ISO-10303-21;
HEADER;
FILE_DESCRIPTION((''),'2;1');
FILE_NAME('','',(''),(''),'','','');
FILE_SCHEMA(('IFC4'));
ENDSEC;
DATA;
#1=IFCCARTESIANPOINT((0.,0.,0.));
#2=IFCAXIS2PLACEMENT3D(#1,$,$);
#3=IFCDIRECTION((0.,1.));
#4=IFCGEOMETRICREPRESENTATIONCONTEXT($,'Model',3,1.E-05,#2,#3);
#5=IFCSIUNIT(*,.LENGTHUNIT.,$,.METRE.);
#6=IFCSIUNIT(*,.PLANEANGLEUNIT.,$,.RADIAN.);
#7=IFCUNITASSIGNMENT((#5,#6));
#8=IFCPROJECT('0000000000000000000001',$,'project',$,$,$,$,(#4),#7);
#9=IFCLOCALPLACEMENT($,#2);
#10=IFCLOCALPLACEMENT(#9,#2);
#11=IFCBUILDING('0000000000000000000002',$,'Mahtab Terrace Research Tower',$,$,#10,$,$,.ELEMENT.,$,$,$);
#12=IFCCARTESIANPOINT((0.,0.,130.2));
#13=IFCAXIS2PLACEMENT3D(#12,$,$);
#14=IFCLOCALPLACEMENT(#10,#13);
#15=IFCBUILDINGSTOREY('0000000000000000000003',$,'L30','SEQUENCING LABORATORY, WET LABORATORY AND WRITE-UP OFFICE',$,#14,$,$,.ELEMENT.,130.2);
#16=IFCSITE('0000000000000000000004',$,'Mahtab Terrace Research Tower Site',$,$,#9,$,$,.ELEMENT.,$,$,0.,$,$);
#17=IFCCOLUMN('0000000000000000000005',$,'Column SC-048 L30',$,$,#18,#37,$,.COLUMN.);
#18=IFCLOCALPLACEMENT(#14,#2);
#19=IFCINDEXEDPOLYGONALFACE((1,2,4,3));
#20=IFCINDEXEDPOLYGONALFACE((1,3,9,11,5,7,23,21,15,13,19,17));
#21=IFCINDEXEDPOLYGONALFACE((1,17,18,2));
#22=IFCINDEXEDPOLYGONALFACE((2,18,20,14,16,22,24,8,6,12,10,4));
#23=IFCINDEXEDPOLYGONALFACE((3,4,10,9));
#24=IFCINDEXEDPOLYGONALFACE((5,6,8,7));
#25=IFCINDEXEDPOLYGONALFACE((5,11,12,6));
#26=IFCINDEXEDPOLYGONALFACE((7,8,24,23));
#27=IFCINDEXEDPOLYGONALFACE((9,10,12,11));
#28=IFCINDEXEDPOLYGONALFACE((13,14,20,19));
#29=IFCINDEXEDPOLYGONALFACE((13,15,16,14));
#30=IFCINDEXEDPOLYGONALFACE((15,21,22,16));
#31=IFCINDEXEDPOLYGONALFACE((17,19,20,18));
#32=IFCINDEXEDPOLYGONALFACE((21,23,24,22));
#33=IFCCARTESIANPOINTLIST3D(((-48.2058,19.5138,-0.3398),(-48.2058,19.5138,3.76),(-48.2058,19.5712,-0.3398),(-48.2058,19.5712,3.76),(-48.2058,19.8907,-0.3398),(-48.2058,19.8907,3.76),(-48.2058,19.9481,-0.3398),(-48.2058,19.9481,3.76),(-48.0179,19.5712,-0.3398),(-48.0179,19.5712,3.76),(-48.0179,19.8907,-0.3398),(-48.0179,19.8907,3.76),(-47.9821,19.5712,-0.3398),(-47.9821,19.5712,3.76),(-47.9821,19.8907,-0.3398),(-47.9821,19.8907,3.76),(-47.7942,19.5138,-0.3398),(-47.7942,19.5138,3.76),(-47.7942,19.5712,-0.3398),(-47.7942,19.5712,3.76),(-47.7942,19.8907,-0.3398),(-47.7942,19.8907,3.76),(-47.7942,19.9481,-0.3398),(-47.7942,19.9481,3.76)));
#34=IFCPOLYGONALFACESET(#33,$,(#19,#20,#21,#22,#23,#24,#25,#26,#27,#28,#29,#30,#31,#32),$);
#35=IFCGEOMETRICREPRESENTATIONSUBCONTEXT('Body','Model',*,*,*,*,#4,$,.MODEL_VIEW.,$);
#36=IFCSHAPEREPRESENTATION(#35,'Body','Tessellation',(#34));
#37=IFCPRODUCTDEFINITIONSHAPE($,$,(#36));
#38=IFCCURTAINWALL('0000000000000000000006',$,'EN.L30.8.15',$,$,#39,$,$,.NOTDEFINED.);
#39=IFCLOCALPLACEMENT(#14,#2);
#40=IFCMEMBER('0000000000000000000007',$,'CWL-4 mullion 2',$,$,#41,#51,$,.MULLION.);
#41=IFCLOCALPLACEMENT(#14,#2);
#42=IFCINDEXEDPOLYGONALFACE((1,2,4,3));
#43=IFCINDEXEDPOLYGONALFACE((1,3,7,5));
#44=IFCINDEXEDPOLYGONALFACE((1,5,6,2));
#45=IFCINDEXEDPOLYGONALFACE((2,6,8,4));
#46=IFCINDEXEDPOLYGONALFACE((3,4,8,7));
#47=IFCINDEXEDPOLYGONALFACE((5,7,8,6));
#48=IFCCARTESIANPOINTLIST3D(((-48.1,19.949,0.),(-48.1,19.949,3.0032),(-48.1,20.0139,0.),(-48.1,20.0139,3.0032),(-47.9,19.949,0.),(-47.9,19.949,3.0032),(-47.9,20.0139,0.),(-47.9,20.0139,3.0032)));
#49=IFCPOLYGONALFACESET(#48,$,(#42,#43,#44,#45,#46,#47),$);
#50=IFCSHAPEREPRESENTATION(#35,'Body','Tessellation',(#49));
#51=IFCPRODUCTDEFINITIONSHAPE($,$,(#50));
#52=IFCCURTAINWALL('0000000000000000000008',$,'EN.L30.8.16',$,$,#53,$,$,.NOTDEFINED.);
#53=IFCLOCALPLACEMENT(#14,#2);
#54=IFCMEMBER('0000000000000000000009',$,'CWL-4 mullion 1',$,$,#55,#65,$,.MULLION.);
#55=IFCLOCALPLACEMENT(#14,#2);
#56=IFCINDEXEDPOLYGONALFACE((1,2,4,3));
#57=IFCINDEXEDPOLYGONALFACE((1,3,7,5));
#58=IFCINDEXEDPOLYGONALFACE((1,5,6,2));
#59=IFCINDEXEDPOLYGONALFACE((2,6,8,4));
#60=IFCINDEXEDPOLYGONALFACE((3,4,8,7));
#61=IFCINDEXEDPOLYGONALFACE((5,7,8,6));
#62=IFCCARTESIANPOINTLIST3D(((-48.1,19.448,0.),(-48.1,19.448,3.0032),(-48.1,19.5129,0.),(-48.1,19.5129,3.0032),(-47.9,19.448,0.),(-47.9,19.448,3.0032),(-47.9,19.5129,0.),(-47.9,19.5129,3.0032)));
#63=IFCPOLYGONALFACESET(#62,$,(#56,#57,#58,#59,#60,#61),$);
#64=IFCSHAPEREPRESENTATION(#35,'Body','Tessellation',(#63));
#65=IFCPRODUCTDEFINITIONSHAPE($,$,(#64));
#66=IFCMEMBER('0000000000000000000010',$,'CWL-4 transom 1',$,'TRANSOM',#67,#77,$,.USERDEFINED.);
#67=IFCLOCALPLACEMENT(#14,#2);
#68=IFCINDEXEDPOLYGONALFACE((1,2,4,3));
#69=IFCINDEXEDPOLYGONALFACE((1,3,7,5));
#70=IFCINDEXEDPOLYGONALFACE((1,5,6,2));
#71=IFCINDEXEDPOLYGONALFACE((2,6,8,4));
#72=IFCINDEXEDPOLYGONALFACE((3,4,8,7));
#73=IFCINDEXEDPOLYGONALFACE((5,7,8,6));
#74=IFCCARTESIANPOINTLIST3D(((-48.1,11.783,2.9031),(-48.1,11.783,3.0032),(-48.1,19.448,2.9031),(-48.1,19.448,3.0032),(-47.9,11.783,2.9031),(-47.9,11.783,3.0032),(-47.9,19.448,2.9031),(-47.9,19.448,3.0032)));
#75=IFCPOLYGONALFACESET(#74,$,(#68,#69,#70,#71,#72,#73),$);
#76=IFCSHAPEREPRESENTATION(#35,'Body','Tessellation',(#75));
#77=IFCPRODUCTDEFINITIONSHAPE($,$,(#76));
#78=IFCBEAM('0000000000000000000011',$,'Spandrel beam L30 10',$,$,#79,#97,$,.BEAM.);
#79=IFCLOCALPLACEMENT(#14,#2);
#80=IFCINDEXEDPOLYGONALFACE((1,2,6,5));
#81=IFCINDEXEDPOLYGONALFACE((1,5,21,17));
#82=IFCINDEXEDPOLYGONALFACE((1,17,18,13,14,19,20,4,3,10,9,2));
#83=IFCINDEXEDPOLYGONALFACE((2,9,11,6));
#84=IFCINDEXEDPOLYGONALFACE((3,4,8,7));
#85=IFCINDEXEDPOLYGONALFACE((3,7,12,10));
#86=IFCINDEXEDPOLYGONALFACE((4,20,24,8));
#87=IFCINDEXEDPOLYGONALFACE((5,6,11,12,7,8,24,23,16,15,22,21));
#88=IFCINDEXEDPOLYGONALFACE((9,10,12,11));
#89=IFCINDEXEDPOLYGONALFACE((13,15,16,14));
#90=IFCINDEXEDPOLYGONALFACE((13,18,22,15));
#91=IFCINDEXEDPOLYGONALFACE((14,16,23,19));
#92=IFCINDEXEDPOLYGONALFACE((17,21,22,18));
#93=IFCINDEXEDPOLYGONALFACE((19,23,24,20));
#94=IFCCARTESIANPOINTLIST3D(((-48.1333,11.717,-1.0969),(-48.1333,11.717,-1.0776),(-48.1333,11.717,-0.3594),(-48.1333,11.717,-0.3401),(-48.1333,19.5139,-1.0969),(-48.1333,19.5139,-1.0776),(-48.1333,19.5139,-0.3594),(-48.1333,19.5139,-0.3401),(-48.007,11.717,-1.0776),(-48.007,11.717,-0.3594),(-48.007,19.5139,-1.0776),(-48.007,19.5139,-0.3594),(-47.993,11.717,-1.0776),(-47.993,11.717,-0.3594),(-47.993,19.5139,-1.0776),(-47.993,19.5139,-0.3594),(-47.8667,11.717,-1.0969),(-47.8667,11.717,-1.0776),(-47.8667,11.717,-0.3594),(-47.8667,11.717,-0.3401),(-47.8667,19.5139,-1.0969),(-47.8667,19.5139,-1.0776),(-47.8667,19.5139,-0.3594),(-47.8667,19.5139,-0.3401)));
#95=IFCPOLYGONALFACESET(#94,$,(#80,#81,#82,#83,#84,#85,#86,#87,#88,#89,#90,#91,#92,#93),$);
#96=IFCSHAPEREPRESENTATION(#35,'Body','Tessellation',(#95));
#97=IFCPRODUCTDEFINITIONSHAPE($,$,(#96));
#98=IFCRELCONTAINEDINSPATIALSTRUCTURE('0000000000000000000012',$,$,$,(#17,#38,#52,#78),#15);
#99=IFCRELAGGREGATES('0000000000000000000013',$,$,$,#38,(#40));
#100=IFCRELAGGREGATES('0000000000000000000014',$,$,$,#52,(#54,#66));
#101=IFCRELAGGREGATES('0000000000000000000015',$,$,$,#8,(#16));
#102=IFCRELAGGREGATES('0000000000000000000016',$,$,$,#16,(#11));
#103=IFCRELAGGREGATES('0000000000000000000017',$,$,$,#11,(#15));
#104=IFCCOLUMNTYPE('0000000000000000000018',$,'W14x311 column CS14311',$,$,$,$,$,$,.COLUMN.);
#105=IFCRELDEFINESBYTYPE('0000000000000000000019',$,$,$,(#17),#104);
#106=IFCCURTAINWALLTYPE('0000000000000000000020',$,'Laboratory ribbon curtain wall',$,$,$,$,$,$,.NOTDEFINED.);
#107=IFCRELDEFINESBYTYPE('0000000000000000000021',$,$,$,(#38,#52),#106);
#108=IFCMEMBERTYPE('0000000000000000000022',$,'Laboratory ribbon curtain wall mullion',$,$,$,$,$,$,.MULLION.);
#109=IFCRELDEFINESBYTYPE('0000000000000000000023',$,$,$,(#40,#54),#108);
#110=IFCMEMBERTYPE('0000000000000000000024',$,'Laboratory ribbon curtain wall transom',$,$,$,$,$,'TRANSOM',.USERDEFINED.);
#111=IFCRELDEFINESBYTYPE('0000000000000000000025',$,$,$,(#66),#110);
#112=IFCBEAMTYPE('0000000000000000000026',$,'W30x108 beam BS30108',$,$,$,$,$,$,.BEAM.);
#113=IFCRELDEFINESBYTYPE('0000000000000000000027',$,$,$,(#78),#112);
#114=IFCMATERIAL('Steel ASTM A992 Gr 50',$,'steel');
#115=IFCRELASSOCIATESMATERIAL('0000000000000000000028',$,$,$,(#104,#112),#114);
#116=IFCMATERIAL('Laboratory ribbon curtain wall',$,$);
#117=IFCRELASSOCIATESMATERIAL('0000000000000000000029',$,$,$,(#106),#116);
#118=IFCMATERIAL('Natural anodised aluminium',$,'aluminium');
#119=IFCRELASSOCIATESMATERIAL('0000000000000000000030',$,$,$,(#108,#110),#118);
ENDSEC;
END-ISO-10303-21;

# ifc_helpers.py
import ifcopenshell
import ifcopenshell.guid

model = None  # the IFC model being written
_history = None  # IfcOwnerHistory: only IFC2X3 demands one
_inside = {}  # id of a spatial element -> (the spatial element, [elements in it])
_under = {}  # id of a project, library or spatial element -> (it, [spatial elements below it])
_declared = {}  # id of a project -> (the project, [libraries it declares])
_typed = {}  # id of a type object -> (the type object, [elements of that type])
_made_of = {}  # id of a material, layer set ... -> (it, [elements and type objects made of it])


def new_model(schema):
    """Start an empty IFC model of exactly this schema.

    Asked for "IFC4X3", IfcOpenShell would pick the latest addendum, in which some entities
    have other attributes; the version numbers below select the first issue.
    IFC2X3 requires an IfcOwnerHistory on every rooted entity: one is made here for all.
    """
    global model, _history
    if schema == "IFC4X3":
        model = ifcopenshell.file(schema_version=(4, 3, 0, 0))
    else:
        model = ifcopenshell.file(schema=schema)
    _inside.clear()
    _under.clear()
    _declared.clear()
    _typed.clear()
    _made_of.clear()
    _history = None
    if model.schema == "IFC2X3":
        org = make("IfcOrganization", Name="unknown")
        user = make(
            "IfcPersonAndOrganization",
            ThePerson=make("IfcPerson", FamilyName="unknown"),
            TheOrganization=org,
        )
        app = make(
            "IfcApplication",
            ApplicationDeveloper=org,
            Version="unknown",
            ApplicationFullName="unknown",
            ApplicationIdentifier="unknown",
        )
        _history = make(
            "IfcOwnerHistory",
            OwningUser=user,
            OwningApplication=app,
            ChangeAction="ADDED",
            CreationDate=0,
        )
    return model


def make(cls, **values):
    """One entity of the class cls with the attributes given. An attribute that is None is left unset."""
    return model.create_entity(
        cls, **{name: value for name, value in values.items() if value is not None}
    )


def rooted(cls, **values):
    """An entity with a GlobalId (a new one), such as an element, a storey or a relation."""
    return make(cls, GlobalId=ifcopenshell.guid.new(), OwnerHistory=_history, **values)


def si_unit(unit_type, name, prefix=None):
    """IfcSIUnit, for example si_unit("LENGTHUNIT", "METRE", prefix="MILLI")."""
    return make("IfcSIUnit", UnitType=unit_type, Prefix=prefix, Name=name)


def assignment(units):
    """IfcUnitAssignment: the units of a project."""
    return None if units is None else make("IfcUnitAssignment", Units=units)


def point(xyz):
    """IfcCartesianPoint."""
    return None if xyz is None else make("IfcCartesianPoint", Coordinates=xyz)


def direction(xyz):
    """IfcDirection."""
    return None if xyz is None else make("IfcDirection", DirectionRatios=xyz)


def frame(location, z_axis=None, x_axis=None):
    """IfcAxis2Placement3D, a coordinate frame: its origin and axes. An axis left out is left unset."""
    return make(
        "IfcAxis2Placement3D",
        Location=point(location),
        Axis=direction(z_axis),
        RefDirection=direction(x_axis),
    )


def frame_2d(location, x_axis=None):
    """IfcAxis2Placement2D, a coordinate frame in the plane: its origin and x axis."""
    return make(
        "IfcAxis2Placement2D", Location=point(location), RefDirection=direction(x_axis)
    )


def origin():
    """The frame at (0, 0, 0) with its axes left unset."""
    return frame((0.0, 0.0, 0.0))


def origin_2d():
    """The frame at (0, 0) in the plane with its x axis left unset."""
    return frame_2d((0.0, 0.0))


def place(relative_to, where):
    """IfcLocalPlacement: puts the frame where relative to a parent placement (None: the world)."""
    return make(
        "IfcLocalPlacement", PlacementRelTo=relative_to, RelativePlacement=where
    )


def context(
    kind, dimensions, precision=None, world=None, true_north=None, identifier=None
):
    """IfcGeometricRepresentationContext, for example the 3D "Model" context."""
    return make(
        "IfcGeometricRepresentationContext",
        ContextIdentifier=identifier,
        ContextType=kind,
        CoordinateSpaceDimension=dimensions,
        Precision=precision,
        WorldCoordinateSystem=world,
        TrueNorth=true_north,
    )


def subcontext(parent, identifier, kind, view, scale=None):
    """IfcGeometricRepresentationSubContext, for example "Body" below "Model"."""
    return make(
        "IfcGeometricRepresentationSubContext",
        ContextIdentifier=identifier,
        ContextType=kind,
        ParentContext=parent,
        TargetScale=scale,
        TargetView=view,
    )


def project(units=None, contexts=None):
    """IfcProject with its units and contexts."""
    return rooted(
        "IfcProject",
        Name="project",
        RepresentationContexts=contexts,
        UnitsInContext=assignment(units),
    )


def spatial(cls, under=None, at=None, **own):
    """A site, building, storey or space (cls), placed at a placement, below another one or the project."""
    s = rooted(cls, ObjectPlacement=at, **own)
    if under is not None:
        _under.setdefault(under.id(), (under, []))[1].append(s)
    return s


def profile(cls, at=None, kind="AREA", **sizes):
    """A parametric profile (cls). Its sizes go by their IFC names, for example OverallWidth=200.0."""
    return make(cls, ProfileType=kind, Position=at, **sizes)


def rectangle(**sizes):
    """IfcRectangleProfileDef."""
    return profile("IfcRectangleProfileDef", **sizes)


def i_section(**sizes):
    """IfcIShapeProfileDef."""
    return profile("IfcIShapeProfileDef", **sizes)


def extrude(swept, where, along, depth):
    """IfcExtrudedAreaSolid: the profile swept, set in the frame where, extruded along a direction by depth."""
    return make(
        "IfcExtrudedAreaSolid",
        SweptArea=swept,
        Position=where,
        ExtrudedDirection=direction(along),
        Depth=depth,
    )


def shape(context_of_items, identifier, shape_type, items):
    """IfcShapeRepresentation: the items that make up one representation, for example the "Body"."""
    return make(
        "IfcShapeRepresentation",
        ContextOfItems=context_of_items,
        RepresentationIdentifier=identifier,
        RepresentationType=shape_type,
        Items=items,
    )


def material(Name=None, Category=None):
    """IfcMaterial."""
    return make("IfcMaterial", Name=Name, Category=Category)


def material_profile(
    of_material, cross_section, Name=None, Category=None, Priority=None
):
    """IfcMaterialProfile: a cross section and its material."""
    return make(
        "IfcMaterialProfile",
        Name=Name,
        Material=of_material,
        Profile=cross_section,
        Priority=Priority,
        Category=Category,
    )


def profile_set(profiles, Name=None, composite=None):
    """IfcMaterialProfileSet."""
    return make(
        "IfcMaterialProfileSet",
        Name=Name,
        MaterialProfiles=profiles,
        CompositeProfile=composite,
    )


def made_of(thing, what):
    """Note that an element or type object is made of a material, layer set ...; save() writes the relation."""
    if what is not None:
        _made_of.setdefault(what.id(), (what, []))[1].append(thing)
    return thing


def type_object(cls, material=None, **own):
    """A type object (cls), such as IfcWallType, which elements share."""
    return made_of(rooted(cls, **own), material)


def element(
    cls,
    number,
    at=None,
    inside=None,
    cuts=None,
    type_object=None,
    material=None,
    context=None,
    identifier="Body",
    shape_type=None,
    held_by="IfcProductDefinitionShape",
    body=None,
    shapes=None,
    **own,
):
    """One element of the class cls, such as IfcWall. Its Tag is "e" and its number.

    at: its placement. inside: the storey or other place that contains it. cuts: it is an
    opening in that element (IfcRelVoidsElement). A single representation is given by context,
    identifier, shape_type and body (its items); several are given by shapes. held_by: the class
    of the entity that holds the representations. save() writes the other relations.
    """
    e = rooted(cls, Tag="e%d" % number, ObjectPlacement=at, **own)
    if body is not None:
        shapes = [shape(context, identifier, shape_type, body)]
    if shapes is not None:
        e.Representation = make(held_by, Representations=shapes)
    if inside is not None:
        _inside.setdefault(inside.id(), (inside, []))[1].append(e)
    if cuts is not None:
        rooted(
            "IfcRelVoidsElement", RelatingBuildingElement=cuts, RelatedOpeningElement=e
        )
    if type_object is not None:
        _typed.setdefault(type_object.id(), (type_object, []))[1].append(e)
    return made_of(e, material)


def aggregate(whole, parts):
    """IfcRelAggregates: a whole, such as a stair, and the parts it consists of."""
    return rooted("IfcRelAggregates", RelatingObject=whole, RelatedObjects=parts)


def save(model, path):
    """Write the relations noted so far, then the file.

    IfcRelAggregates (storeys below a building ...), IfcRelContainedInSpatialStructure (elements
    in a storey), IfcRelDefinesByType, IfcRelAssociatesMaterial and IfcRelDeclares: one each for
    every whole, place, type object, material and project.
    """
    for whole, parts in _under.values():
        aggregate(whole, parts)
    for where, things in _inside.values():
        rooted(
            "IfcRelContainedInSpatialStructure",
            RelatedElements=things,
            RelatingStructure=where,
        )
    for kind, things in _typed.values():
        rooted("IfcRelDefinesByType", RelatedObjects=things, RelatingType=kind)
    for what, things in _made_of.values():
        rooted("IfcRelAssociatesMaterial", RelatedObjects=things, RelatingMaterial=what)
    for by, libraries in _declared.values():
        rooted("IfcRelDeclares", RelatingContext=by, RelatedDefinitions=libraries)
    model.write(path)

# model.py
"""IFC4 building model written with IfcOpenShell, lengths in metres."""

from ifc_helpers import new_model, si_unit, direction, frame, origin, origin_2d, place, context, subcontext, project, spatial, rectangle, i_section, extrude, material, material_profile, profile_set, type_object, element, aggregate, save


model = new_model("IFC4")

# Units and contexts
model_context = context("Model", 3, precision=1e-05, world=origin(), true_north=direction((0.0, 1.0)))
body_context = subcontext(model_context, "Body", "Model", "MODEL_VIEW")
ifc_project = project(units=[si_unit("LENGTHUNIT", "METRE"), si_unit("PLANEANGLEUNIT", "RADIAN")], contexts=[model_context])

# Site, building, storey
site_placement = place(None, origin())
site = spatial("IfcSite", under=ifc_project, at=site_placement, Name="Mahtab Terrace Research Tower Site", CompositionType="ELEMENT", RefElevation=0.0)
building_placement = place(site_placement, origin())
building = spatial("IfcBuilding", under=site, at=building_placement, Name="Mahtab Terrace Research Tower", CompositionType="ELEMENT")
storey_placement = place(building_placement, frame((0.0, 0.0, 130.2)))
storey = spatial("IfcBuildingStorey", under=building, at=storey_placement, Name="L30", Description="SEQUENCING LABORATORY, WET LABORATORY AND WRITE-UP OFFICE", CompositionType="ELEMENT", Elevation=130.2)

# Column
ifc_material_1 = material(Name="Steel ASTM A992 Gr 50", Category="steel")
ifc_material_profile_1 = material_profile(ifc_material_1, i_section(OverallWidth=0.4116, OverallDepth=0.4343, WebThickness=0.0359, FlangeThickness=0.0574, at=origin_2d()), Name="W14X311")
ifc_profile_set_1 = profile_set([ifc_material_profile_1], Name="Steel ASTM A992 Gr 50")
column_type = type_object("IfcColumnType", Name="W14x311 column CS14311", PredefinedType="COLUMN", material=ifc_profile_set_1)
column_placement = place(storey_placement, frame((-48.0, 19.731, -0.3398), z_axis=(0.0, 0.0, 1.0), x_axis=(1.0, 0.0, 0.0)))
element("IfcColumn", 1, at=column_placement, inside=storey, type_object=column_type, Name="Column SC-048 L30", PredefinedType="COLUMN", context=body_context, shape_type="SweptSolid", body=[
    extrude(i_section(OverallWidth=0.4116, OverallDepth=0.4343, WebThickness=0.0359, FlangeThickness=0.0574, at=origin_2d()), origin(), (0.0, 0.0, 1.0), 4.0999),
])

# Curtain wall, member
ifc_material_2 = material(Name="Laboratory ribbon curtain wall")
curtain_wall_type = type_object("IfcCurtainWallType", Name="Laboratory ribbon curtain wall", PredefinedType="NOTDEFINED", material=ifc_material_2)
curtain_wall_1_placement = place(storey_placement, origin())
curtain_wall_1 = element("IfcCurtainWall", 2, at=curtain_wall_1_placement, inside=storey, type_object=curtain_wall_type, Name="EN.L30.8.15", PredefinedType="NOTDEFINED")
ifc_material_3 = material(Name="Natural anodised aluminium", Category="aluminium")
ifc_material_profile_2 = material_profile(ifc_material_3, rectangle(XDim=0.2, YDim=0.0649, at=origin_2d()), Name="MULLION 65x200")
ifc_profile_set_2 = profile_set([ifc_material_profile_2], Name="Natural anodised aluminium")
member_type_1 = type_object("IfcMemberType", Name="Laboratory ribbon curtain wall mullion", PredefinedType="MULLION", material=ifc_profile_set_2)
member_1_placement = place(storey_placement, frame((-48.0, 19.9814, 0.0), z_axis=(0.0, 0.0, 1.0), x_axis=(1.0, 0.0, 0.0)))
member_1 = element("IfcMember", 3, at=member_1_placement, type_object=member_type_1, Name="CWL-4 mullion 2", PredefinedType="MULLION", context=body_context, shape_type="SweptSolid", body=[
    extrude(rectangle(XDim=0.2, YDim=0.0649, at=origin_2d()), origin(), (0.0, 0.0, 1.0), 3.0032),
])
aggregate(curtain_wall_1, [member_1])

# Curtain wall, members
curtain_wall_2_placement = place(storey_placement, origin())
curtain_wall_2 = element("IfcCurtainWall", 4, at=curtain_wall_2_placement, inside=storey, type_object=curtain_wall_type, Name="EN.L30.8.16", PredefinedType="NOTDEFINED")
member_2_placement = place(storey_placement, frame((-48.0, 19.4805, 0.0), z_axis=(0.0, 0.0, 1.0), x_axis=(1.0, 0.0, 0.0)))
member_2 = element("IfcMember", 5, at=member_2_placement, type_object=member_type_1, Name="CWL-4 mullion 1", PredefinedType="MULLION", context=body_context, shape_type="SweptSolid", body=[
    extrude(rectangle(XDim=0.2, YDim=0.0649, at=origin_2d()), origin(), (0.0, 0.0, 1.0), 3.0032),
])
ifc_material_profile_3 = material_profile(ifc_material_3, rectangle(XDim=0.2, YDim=0.1001, at=origin_2d()), Name="TRANSOM 100x200")
ifc_profile_set_3 = profile_set([ifc_material_profile_3], Name="Natural anodised aluminium")
member_type_2 = type_object("IfcMemberType", Name="Laboratory ribbon curtain wall transom", ElementType="TRANSOM", PredefinedType="USERDEFINED", material=ifc_profile_set_3)
member_3_placement = place(storey_placement, frame((-48.0, 19.448, 2.9531), z_axis=(0.0, -1.0, 0.0), x_axis=(1.0, 0.0, 0.0)))
member_3 = element("IfcMember", 6, at=member_3_placement, type_object=member_type_2, Name="CWL-4 transom 1", ObjectType="TRANSOM", PredefinedType="USERDEFINED", context=body_context, shape_type="SweptSolid", body=[
    extrude(rectangle(XDim=0.2, YDim=0.1001, at=origin_2d()), origin(), (0.0, 0.0, 1.0), 7.665),
])
aggregate(curtain_wall_2, [member_2, member_3])

# Beam
ifc_material_profile_4 = material_profile(ifc_material_1, i_section(OverallWidth=0.2666, OverallDepth=0.7568, WebThickness=0.0139, FlangeThickness=0.0193, at=origin_2d()), Name="W30X108")
ifc_profile_set_4 = profile_set([ifc_material_profile_4], Name="Steel ASTM A992 Gr 50")
beam_type = type_object("IfcBeamType", Name="W30x108 beam BS30108", PredefinedType="BEAM", material=ifc_profile_set_4)
beam_placement = place(storey_placement, frame((-48.0, 19.5139, -0.7185), z_axis=(0.0, -1.0, 0.0), x_axis=(1.0, 0.0, 0.0)))
element("IfcBeam", 7, at=beam_placement, inside=storey, type_object=beam_type, Name="Spandrel beam L30 10", PredefinedType="BEAM", context=body_context, shape_type="SweptSolid", body=[
    extrude(i_section(OverallWidth=0.2666, OverallDepth=0.7568, WebThickness=0.0139, FlangeThickness=0.0193, at=origin_2d()), origin(), (0.0, 0.0, 1.0), 7.7969),
])

save(model, "model.ifc")
